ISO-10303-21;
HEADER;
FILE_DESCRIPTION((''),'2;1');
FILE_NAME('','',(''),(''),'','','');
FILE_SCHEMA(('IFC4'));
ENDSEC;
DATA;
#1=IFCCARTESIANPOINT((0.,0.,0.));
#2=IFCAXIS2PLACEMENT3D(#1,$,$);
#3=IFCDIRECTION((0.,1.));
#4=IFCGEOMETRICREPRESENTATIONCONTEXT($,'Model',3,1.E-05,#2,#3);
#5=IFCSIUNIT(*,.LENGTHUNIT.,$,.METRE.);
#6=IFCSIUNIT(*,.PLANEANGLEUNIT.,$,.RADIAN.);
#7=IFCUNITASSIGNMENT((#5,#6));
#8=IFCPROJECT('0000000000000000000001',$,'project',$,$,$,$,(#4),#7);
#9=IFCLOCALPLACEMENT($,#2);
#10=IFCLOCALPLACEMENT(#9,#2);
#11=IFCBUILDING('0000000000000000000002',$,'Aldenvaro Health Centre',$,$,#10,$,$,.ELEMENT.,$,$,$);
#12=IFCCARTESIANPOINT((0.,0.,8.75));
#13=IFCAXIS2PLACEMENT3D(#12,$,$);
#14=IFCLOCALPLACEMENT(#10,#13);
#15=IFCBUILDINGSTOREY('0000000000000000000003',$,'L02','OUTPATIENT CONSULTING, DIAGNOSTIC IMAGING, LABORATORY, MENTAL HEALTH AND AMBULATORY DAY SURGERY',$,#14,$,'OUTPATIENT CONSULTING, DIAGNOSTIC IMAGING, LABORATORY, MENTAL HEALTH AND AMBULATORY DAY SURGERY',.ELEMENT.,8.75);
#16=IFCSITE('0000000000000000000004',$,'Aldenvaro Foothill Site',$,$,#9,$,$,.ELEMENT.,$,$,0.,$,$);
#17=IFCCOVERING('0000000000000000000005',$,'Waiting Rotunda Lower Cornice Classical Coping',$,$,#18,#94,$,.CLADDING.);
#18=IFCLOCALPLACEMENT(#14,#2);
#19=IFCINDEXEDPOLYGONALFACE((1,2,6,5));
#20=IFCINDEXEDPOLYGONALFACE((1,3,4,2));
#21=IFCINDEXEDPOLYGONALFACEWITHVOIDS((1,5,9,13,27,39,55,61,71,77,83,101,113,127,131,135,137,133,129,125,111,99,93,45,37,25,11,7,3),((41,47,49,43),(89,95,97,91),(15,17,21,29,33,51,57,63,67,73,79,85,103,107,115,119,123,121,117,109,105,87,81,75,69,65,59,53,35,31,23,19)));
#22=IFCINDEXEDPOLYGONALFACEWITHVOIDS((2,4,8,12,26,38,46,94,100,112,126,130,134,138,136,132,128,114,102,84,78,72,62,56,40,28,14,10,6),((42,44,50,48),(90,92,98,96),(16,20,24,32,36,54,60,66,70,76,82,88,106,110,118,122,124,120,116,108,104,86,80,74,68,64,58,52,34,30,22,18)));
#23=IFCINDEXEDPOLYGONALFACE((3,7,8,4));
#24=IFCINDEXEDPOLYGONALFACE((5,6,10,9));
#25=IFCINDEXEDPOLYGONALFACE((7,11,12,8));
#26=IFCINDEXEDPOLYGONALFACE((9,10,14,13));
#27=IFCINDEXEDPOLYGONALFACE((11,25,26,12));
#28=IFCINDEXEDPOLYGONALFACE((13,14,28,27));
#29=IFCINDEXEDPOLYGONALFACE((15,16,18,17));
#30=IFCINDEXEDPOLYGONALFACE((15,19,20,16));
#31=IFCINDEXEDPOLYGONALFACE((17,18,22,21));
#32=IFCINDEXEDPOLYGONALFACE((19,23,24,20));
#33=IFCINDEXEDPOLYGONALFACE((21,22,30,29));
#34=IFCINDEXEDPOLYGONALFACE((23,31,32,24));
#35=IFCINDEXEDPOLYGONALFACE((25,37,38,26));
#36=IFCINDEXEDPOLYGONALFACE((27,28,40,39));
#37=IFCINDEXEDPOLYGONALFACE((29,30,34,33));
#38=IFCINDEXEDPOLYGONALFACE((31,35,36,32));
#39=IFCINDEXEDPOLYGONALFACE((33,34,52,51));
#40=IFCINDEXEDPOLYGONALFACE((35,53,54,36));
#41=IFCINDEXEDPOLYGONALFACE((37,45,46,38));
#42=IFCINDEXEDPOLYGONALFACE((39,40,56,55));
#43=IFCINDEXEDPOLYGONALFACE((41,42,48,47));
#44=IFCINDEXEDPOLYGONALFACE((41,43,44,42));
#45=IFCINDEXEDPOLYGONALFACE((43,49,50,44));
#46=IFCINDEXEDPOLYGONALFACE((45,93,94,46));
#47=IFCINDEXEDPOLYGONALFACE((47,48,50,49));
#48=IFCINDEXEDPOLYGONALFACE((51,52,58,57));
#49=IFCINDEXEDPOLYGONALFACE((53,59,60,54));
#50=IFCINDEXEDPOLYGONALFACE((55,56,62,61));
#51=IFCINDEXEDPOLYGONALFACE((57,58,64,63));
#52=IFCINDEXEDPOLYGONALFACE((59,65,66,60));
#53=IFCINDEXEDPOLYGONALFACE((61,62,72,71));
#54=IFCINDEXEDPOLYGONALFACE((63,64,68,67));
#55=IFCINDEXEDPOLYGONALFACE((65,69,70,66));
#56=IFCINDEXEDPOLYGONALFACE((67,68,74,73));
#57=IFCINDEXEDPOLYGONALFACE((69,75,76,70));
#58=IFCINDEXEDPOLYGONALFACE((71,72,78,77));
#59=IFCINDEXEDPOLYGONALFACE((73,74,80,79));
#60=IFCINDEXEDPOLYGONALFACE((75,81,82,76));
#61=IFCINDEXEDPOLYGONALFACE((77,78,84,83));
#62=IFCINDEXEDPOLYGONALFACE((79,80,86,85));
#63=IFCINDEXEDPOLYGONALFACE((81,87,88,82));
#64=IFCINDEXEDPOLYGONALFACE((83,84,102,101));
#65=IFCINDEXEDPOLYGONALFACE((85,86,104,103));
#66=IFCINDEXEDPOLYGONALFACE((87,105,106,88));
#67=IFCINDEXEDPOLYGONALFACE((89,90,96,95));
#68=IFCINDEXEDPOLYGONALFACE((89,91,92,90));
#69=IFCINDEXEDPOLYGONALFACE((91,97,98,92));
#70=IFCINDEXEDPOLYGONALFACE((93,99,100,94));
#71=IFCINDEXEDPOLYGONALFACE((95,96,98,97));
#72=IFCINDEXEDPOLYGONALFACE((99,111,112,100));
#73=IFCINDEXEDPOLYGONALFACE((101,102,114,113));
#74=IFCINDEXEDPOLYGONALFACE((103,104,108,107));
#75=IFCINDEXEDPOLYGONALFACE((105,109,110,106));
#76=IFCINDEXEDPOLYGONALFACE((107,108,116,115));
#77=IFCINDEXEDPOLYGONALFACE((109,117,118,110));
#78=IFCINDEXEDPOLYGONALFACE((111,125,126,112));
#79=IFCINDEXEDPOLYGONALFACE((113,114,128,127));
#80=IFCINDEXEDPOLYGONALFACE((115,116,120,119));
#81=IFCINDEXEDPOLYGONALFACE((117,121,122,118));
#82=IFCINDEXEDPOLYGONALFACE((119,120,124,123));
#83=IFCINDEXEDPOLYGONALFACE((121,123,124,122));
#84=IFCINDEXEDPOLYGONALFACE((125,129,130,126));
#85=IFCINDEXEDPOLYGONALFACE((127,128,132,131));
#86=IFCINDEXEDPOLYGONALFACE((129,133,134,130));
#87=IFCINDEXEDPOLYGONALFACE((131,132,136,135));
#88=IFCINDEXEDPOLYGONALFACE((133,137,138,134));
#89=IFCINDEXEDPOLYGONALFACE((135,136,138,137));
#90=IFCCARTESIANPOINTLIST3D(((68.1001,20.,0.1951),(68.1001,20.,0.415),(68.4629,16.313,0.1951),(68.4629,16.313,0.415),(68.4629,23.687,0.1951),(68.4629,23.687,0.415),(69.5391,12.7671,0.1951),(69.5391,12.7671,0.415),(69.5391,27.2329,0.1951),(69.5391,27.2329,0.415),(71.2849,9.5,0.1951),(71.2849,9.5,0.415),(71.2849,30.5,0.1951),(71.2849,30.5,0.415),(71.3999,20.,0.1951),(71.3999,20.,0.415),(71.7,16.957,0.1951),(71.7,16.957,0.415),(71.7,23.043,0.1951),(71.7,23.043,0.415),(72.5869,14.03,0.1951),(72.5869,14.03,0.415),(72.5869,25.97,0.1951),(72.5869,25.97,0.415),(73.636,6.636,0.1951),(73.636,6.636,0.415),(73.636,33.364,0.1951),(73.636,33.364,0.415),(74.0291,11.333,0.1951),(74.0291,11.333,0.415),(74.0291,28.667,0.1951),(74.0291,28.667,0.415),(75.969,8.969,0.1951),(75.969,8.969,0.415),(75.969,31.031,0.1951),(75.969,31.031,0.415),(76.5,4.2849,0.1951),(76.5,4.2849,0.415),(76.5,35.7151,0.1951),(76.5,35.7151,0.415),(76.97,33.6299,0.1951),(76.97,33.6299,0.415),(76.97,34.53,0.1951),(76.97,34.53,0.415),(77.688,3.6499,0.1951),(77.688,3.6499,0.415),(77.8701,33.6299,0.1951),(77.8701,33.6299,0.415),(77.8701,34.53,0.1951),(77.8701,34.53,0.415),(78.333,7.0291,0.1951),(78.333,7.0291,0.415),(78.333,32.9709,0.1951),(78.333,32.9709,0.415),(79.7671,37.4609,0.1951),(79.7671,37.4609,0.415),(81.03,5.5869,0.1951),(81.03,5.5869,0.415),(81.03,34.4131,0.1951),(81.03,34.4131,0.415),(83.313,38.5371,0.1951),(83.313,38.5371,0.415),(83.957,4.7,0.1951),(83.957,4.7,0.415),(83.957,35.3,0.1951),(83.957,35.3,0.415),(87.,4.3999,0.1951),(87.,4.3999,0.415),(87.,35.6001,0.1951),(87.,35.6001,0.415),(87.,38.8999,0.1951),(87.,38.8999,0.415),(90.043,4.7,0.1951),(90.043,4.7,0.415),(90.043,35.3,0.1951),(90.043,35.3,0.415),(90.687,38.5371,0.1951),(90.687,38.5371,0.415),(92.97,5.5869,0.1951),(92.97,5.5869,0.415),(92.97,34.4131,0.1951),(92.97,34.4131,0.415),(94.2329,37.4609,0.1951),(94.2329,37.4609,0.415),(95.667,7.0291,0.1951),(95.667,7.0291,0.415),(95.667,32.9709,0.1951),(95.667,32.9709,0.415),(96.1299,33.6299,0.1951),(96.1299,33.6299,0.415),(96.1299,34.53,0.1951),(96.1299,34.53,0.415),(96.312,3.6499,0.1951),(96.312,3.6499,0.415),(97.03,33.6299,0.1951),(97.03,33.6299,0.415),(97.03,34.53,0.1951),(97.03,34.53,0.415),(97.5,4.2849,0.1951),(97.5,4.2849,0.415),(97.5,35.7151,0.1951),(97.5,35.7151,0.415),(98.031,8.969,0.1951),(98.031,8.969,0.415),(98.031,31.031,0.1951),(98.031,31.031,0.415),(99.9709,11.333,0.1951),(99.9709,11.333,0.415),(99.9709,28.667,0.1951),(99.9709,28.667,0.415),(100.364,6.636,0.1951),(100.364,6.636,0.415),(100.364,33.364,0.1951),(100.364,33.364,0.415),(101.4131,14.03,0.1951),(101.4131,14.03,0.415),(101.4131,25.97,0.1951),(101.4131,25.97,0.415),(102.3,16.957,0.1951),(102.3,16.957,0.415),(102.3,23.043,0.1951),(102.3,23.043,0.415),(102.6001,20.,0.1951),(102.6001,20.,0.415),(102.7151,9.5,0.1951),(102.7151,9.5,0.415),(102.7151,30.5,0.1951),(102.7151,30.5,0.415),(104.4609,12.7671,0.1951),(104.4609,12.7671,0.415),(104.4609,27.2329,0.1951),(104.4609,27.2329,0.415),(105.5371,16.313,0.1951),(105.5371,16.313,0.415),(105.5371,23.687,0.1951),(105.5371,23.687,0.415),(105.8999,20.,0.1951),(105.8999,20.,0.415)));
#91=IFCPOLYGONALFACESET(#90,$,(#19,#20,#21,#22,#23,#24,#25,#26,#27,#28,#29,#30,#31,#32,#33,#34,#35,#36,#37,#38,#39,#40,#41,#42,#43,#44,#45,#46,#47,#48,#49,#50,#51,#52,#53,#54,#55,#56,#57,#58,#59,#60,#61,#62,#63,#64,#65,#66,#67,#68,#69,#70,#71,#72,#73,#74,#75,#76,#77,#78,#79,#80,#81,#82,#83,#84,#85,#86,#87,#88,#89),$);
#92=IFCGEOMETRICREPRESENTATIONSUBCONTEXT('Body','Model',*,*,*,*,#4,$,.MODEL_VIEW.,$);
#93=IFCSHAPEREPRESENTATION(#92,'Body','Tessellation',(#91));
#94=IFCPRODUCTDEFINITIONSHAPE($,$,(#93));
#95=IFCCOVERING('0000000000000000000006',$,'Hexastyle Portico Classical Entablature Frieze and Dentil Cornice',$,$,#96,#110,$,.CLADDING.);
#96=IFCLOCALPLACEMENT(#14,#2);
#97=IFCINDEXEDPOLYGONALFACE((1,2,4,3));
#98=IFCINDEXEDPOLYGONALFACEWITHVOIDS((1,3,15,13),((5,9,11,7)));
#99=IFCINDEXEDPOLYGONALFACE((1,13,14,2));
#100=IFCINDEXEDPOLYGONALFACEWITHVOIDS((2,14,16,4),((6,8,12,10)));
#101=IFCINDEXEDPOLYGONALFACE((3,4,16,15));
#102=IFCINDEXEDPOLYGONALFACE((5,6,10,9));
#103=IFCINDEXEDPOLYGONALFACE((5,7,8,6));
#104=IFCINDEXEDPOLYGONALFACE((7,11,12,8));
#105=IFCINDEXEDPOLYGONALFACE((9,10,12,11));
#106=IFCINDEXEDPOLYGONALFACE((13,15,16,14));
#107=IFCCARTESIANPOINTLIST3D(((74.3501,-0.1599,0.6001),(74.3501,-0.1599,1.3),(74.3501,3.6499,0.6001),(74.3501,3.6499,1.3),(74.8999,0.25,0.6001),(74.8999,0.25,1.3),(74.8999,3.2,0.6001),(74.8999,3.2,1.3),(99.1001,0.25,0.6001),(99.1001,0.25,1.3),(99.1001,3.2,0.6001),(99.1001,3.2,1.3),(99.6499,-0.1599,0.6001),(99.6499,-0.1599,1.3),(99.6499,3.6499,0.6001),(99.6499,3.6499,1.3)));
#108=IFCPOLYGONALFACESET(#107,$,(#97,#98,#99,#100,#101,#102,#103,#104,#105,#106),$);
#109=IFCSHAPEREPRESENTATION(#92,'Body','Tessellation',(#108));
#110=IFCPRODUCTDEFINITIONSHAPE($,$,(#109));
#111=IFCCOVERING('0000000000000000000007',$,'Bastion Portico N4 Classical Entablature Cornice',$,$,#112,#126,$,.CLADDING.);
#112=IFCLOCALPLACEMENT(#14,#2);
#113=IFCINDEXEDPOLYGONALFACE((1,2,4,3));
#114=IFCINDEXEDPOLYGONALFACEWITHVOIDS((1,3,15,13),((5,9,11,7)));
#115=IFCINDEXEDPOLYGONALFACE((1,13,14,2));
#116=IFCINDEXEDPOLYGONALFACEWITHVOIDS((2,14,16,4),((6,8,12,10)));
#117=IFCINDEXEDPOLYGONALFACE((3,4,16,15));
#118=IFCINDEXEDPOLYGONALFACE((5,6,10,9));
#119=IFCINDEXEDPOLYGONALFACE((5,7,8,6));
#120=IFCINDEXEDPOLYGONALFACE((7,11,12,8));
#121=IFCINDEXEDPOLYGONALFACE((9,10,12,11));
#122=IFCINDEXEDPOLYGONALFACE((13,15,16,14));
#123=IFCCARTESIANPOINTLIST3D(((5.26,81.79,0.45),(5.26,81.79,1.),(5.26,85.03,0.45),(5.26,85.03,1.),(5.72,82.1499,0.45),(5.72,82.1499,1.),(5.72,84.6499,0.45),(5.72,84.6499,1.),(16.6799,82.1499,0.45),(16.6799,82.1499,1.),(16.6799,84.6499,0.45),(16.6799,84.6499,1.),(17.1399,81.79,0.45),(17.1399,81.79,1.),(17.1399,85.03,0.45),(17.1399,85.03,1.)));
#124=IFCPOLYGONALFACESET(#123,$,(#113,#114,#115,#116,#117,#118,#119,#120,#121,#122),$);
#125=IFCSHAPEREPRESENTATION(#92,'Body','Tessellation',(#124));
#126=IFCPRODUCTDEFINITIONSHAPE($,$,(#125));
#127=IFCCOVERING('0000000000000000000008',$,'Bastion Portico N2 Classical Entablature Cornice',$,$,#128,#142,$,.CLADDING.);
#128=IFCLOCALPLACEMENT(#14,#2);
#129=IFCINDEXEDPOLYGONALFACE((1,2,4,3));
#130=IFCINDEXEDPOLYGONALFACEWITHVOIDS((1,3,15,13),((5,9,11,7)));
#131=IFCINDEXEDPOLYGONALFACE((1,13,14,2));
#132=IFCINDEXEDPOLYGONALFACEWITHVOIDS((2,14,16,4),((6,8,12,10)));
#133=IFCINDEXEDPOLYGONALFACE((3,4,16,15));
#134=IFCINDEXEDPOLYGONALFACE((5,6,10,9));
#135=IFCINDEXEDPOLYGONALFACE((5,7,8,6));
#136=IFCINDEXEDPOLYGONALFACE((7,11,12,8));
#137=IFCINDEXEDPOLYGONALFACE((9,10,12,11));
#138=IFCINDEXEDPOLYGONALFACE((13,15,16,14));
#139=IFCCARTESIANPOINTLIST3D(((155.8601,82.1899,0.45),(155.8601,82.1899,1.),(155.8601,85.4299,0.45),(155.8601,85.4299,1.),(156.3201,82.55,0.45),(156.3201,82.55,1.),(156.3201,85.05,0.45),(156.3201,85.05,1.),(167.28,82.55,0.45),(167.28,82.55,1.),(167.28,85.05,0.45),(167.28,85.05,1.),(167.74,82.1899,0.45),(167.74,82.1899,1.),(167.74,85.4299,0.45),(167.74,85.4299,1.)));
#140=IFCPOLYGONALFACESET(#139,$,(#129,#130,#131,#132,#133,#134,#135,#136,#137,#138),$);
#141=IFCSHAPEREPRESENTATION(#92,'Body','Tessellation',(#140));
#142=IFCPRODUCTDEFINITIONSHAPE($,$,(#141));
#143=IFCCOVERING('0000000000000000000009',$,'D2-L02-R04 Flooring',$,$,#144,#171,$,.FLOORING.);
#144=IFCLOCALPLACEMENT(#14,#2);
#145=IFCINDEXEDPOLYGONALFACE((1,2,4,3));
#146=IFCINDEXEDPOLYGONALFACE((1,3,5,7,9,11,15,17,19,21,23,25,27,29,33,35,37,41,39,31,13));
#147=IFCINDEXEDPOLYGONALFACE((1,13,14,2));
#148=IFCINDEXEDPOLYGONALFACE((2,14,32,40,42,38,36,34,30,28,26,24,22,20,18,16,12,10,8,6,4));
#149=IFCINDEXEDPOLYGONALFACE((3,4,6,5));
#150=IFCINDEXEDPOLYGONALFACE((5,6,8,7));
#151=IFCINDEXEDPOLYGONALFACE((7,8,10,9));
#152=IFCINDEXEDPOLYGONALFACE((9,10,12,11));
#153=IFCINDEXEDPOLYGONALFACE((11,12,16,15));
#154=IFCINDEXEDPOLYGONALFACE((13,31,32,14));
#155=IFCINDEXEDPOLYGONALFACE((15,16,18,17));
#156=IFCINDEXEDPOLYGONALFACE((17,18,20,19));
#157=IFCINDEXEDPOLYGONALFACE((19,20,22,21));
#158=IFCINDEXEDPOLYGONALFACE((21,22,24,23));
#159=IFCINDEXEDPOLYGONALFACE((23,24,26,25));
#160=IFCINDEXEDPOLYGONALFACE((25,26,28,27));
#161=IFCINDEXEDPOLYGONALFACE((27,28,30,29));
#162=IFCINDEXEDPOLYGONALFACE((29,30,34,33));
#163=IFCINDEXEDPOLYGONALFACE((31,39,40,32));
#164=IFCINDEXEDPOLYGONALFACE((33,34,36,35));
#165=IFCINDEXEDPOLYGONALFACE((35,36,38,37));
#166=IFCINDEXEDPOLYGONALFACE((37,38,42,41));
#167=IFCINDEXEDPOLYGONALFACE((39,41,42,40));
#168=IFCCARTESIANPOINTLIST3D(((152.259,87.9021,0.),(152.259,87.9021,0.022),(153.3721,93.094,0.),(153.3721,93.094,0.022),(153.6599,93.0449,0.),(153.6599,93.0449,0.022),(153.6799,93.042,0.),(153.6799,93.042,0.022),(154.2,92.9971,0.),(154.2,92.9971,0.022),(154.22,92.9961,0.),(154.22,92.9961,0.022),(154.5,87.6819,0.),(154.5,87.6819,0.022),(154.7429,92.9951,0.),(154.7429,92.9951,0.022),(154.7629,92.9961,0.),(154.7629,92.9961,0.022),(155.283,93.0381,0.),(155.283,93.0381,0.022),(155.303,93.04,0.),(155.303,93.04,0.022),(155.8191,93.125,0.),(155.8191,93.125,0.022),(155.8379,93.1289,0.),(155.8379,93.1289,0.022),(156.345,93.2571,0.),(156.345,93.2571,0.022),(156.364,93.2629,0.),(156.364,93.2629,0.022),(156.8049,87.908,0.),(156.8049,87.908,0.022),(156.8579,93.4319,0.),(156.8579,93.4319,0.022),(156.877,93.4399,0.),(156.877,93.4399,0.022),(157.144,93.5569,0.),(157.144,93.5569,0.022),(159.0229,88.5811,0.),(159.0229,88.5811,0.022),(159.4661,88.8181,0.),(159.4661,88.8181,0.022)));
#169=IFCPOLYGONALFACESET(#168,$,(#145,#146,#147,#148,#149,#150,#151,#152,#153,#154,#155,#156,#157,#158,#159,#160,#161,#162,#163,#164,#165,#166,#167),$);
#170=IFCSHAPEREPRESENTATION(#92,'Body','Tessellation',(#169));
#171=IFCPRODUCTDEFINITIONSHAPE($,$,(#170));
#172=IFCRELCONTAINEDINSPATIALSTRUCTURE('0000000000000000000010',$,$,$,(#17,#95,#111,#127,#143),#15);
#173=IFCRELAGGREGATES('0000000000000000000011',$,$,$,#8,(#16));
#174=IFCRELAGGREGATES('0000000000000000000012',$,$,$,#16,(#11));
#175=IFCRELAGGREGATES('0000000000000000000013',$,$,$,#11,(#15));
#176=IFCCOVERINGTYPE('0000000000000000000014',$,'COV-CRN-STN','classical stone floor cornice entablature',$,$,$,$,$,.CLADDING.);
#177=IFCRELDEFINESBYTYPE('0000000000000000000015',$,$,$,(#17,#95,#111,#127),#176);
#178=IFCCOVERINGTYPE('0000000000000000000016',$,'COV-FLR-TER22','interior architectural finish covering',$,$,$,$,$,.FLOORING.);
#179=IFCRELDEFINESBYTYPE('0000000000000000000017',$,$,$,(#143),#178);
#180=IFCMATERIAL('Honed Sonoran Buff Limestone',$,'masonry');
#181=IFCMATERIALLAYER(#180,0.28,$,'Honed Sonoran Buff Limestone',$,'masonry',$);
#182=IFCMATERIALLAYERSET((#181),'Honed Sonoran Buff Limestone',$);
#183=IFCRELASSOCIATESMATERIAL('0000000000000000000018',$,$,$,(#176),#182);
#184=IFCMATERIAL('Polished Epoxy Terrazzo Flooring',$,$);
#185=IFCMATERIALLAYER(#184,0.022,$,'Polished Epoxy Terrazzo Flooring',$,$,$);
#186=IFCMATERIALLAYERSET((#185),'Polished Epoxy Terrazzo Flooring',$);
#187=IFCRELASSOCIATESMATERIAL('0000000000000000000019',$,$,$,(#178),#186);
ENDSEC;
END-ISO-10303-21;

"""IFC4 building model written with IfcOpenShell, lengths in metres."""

from ifc_helpers import new_model, si_unit, direction, frame, origin, place, context, subcontext, project, spatial, polyline, outline, extrude, material, layer, layer_set, type_object, element, save


model = new_model("IFC4")

# Units and contexts
model_context = context("Model", 3, precision=1e-05, world=origin(), true_north=direction((0.0, 1.0)))
body_context = subcontext(model_context, "Body", "Model", "MODEL_VIEW")
ifc_project = project(units=[si_unit("LENGTHUNIT", "METRE"), si_unit("PLANEANGLEUNIT", "RADIAN")], contexts=[model_context])

# Site, building, storey
site_placement = place(None, origin())
site = spatial("IfcSite", under=ifc_project, at=site_placement, Name="Aldenvaro Foothill Site", CompositionType="ELEMENT", RefElevation=0.0)
building_placement = place(site_placement, origin())
building = spatial("IfcBuilding", under=site, at=building_placement, Name="Aldenvaro Health Centre", CompositionType="ELEMENT")
storey_placement = place(building_placement, frame((0.0, 0.0, 8.75)))
storey = spatial("IfcBuildingStorey", under=building, at=storey_placement, Name="L02", Description="OUTPATIENT CONSULTING, DIAGNOSTIC IMAGING, LABORATORY, MENTAL HEALTH AND AMBULATORY DAY SURGERY", LongName="OUTPATIENT CONSULTING, DIAGNOSTIC IMAGING, LABORATORY, MENTAL HEALTH AND AMBULATORY DAY SURGERY", CompositionType="ELEMENT", Elevation=8.75)

# Coverings
ifc_material_1 = material(Name="Honed Sonoran Buff Limestone", Category="masonry")
ifc_layer_1 = layer(ifc_material_1, 0.28, Name="Honed Sonoran Buff Limestone", Category="masonry")
ifc_layer_set_1 = layer_set([ifc_layer_1], Name="Honed Sonoran Buff Limestone")
covering_type_1 = type_object("IfcCoveringType", Name="COV-CRN-STN", Description="classical stone floor cornice entablature", PredefinedType="CLADDING", material=ifc_layer_set_1)
covering_1_placement = place(storey_placement, frame((0.0, 0.0, 0.1951)))
element("IfcCovering", 1, at=covering_1_placement, inside=storey, type_object=covering_type_1, Name="Waiting Rotunda Lower Cornice Classical Coping", PredefinedType="CLADDING", context=body_context, shape_type="SweptSolid", body=[
    extrude(outline(polyline([(76.5, 4.2849), (73.636, 6.636), (71.2849, 9.5), (69.5391, 12.7671), (68.4629, 16.313), (68.1001, 20.0), (68.4629, 23.687), (69.5391, 27.2329), (71.2849, 30.5), (73.636, 33.364), (76.5, 35.7151), (79.7671, 37.4609), (83.313, 38.5371), (87.0, 38.8999), (90.687, 38.5371), (94.2329, 37.4609), (97.5, 35.7151), (100.364, 33.364), (102.7151, 30.5), (104.4609, 27.2329), (105.5371, 23.687), (105.8999, 20.0), (105.5371, 16.313), (104.4609, 12.7671), (102.7151, 9.5), (100.364, 6.636), (97.5, 4.2849), (96.312, 3.6499), (77.688, 3.6499), (76.5, 4.2849)]), holes=[polyline([(102.3, 23.043), (101.4131, 25.97), (99.9709, 28.667), (98.031, 31.031), (95.667, 32.9709), (92.97, 34.4131), (90.043, 35.3), (87.0, 35.6001), (83.957, 35.3), (81.03, 34.4131), (78.333, 32.9709), (75.969, 31.031), (74.0291, 28.667), (72.5869, 25.97), (71.7, 23.043), (71.3999, 20.0), (71.7, 16.957), (72.5869, 14.03), (74.0291, 11.333), (75.969, 8.969), (78.333, 7.0291), (81.03, 5.5869), (83.957, 4.7), (87.0, 4.3999), (90.043, 4.7), (92.97, 5.5869), (95.667, 7.0291), (98.031, 8.969), (99.9709, 11.333), (101.4131, 14.03), (102.3, 16.957), (102.6001, 20.0), (102.3, 23.043)]), polyline([(77.8701, 33.6299), (77.8701, 34.53), (76.97, 34.53), (76.97, 33.6299), (77.8701, 33.6299)]), polyline([(97.03, 33.6299), (97.03, 34.53), (96.1299, 34.53), (96.1299, 33.6299), (97.03, 33.6299)])]), origin(), (0.0, 0.0, 1.0), 0.22),
])
covering_2_placement = place(storey_placement, frame((0.0, 0.0, 0.6001)))
element("IfcCovering", 2, at=covering_2_placement, inside=storey, type_object=covering_type_1, Name="Hexastyle Portico Classical Entablature Frieze and Dentil Cornice", PredefinedType="CLADDING", context=body_context, shape_type="SweptSolid", body=[
    extrude(outline(polyline([(74.3501, -0.1599), (74.3501, 3.6499), (99.6499, 3.6499), (99.6499, -0.1599), (74.3501, -0.1599)]), holes=[polyline([(99.1001, 3.2), (74.8999, 3.2), (74.8999, 0.25), (99.1001, 0.25), (99.1001, 3.2)])]), origin(), (0.0, 0.0, 1.0), 0.7),
])
covering_3_placement = place(storey_placement, frame((0.0, 0.0, 0.45)))
element("IfcCovering", 3, at=covering_3_placement, inside=storey, type_object=covering_type_1, Name="Bastion Portico N4 Classical Entablature Cornice", PredefinedType="CLADDING", context=body_context, shape_type="SweptSolid", body=[
    extrude(outline(polyline([(5.26, 81.79), (5.26, 85.03), (17.1399, 85.03), (17.1399, 81.79), (5.26, 81.79)]), holes=[polyline([(16.6799, 84.6499), (5.72, 84.6499), (5.72, 82.1499), (16.6799, 82.1499), (16.6799, 84.6499)])]), origin(), (0.0, 0.0, 1.0), 0.55),
])
covering_4_placement = place(storey_placement, frame((0.0, 0.0, 0.45)))
element("IfcCovering", 4, at=covering_4_placement, inside=storey, type_object=covering_type_1, Name="Bastion Portico N2 Classical Entablature Cornice", PredefinedType="CLADDING", context=body_context, shape_type="SweptSolid", body=[
    extrude(outline(polyline([(155.8601, 82.1899), (155.8601, 85.4299), (167.74, 85.4299), (167.74, 82.1899), (155.8601, 82.1899)]), holes=[polyline([(167.28, 85.05), (156.3201, 85.05), (156.3201, 82.55), (167.28, 82.55), (167.28, 85.05)])]), origin(), (0.0, 0.0, 1.0), 0.55),
])
ifc_material_2 = material(Name="Polished Epoxy Terrazzo Flooring")
ifc_layer_2 = layer(ifc_material_2, 0.022, Name="Polished Epoxy Terrazzo Flooring")
ifc_layer_set_2 = layer_set([ifc_layer_2], Name="Polished Epoxy Terrazzo Flooring")
covering_type_2 = type_object("IfcCoveringType", Name="COV-FLR-TER22", Description="interior architectural finish covering", PredefinedType="FLOORING", material=ifc_layer_set_2)
covering_5_placement = place(storey_placement, origin())
element("IfcCovering", 5, at=covering_5_placement, inside=storey, type_object=covering_type_2, Name="D2-L02-R04 Flooring", PredefinedType="FLOORING", context=body_context, shape_type="SweptSolid", body=[
    extrude(outline(polyline([(152.259, 87.9021), (153.3721, 93.094), (153.6599, 93.0449), (153.6799, 93.042), (154.2, 92.9971), (154.22, 92.9961), (154.7429, 92.9951), (154.7629, 92.9961), (155.283, 93.0381), (155.303, 93.04), (155.8191, 93.125), (155.8379, 93.1289), (156.345, 93.2571), (156.364, 93.2629), (156.8579, 93.4319), (156.877, 93.4399), (157.144, 93.5569), (159.4661, 88.8181), (159.0229, 88.5811), (156.8049, 87.908), (154.5, 87.6819), (152.259, 87.9021)])), origin(), (0.0, 0.0, 1.0), 0.022),
])

save(model, "model.ifc")
